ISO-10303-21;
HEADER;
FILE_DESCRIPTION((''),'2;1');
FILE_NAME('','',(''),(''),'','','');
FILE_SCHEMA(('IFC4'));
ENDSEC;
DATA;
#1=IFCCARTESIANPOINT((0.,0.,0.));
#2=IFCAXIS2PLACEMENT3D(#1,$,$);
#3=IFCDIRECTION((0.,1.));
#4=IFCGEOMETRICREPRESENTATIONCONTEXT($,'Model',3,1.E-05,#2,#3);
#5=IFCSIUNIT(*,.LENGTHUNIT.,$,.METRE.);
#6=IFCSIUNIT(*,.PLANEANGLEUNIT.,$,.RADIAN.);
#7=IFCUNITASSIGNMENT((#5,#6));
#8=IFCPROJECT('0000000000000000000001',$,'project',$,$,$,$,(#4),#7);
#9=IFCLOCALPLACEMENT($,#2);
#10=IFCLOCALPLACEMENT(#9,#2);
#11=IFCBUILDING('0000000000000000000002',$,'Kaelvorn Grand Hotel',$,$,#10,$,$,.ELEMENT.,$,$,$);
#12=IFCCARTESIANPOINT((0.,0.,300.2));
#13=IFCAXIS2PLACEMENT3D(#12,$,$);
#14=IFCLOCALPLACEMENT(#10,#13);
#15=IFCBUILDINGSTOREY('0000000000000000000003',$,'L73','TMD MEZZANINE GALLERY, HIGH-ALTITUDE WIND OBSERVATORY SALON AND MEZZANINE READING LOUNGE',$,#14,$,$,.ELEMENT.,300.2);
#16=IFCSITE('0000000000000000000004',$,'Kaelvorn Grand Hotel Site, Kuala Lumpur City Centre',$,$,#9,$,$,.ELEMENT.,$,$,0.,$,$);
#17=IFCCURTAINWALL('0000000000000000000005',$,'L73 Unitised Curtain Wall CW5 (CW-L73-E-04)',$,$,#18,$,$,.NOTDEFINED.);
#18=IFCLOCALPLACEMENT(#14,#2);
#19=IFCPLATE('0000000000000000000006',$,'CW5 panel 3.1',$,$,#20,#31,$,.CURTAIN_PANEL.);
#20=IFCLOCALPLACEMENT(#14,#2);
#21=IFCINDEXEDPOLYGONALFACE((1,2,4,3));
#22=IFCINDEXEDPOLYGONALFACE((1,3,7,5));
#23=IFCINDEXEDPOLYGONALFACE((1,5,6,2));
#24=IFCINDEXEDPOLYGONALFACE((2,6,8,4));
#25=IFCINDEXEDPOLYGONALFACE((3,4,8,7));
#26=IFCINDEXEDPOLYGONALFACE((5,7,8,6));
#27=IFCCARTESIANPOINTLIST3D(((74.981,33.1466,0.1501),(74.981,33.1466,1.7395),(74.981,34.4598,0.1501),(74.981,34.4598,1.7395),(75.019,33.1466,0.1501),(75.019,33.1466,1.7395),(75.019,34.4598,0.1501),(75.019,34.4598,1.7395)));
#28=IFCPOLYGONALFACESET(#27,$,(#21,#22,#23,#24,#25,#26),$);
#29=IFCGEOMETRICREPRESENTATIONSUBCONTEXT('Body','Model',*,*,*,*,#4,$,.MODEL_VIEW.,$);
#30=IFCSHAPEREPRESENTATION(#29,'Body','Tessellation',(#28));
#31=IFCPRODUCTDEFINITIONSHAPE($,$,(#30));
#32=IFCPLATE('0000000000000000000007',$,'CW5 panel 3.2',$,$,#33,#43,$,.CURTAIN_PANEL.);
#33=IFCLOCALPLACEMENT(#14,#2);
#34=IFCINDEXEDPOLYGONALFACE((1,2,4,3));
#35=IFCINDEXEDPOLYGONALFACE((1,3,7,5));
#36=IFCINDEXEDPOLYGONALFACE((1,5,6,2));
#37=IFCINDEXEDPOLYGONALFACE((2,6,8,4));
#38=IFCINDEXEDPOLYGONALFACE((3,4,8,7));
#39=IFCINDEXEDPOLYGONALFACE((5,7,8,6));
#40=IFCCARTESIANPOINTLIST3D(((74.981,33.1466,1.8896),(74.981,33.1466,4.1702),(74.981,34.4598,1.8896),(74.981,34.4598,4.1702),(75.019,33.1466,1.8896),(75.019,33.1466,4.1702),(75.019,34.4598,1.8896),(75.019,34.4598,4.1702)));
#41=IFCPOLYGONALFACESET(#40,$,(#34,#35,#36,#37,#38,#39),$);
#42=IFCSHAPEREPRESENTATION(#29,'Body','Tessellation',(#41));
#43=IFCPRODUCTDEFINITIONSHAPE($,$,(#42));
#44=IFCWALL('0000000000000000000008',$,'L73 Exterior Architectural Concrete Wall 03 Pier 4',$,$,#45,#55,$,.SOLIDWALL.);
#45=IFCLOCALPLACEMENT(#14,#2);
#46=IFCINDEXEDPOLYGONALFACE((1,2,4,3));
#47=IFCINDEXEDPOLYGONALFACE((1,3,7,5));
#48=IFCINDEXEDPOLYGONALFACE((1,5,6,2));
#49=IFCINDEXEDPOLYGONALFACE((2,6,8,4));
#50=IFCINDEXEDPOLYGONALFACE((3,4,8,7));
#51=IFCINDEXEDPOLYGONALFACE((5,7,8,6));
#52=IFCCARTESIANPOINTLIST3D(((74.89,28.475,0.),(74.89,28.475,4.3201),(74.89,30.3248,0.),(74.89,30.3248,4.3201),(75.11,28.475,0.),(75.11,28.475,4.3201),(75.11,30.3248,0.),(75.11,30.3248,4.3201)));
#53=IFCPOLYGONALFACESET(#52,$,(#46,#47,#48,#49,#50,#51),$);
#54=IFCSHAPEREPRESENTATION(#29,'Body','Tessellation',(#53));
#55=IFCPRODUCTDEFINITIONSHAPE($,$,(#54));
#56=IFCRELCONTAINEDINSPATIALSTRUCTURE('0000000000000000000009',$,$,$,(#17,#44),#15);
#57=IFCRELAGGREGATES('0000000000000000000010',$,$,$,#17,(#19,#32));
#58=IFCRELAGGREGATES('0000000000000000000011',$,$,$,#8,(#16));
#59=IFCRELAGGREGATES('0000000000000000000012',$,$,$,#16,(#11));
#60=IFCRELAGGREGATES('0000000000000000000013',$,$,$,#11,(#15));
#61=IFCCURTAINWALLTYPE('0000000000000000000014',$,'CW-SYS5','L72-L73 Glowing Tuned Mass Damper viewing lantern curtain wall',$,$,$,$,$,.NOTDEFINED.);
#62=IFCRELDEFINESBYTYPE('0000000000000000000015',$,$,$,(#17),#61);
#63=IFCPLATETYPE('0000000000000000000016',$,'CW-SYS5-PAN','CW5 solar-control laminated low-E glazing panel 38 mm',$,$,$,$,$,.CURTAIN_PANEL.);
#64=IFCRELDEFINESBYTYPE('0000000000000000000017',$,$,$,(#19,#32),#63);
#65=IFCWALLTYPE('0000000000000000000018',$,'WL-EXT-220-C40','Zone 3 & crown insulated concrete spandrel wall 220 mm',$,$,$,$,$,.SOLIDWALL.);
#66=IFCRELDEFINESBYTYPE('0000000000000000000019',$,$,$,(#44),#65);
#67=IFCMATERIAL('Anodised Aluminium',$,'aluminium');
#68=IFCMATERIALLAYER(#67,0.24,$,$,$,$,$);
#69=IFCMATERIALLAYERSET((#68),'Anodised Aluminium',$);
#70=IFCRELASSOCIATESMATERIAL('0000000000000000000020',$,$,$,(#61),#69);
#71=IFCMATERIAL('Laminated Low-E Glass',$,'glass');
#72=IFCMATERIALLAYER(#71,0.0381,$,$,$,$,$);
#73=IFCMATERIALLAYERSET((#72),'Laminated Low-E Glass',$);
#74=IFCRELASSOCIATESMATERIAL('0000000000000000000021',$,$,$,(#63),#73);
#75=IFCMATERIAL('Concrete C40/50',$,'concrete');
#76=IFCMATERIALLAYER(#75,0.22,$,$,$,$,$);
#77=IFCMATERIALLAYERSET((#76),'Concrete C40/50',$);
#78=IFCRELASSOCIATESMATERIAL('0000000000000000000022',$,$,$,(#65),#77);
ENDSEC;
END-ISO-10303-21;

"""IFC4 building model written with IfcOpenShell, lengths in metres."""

from ifc_helpers import new_model, si_unit, direction, frame, frame_2d, origin, origin_2d, place, context, subcontext, project, spatial, rectangle, extrude, material, layer, layer_set, type_object, element, aggregate, save


model = new_model("IFC4")

# Units and contexts
model_context = context("Model", 3, precision=1e-05, world=origin(), true_north=direction((0.0, 1.0)))
body_context = subcontext(model_context, "Body", "Model", "MODEL_VIEW")
ifc_project = project(units=[si_unit("LENGTHUNIT", "METRE"), si_unit("PLANEANGLEUNIT", "RADIAN")], contexts=[model_context])

# Site, building, storey
site_placement = place(None, origin())
site = spatial("IfcSite", under=ifc_project, at=site_placement, Name="Kaelvorn Grand Hotel Site, Kuala Lumpur City Centre", CompositionType="ELEMENT", RefElevation=0.0)
building_placement = place(site_placement, origin())
building = spatial("IfcBuilding", under=site, at=building_placement, Name="Kaelvorn Grand Hotel", CompositionType="ELEMENT")
storey_placement = place(building_placement, frame((0.0, 0.0, 300.2)))
storey = spatial("IfcBuildingStorey", under=building, at=storey_placement, Name="L73", Description="TMD MEZZANINE GALLERY, HIGH-ALTITUDE WIND OBSERVATORY SALON AND MEZZANINE READING LOUNGE", CompositionType="ELEMENT", Elevation=300.2)

# Shared definitions
ifc_material_1 = material(Name="Anodised Aluminium", Category="aluminium")
ifc_layer_1 = layer(ifc_material_1, 0.24)
ifc_layer_set_1 = layer_set([ifc_layer_1], Name="Anodised Aluminium")
curtain_wall_type = type_object("IfcCurtainWallType", Name="CW-SYS5", Description="L72-L73 Glowing Tuned Mass Damper viewing lantern curtain wall", PredefinedType="NOTDEFINED", material=ifc_layer_set_1)

# Curtain wall, plates
curtain_wall_1_placement = place(storey_placement, origin())
curtain_wall_1 = element("IfcCurtainWall", 1, at=curtain_wall_1_placement, inside=storey, type_object=curtain_wall_type, Name="L73 Unitised Curtain Wall CW5 (CW-L73-E-04)", PredefinedType="NOTDEFINED")
ifc_material_2 = material(Name="Laminated Low-E Glass", Category="glass")
ifc_layer_2 = layer(ifc_material_2, 0.0381)
ifc_layer_set_2 = layer_set([ifc_layer_2], Name="Laminated Low-E Glass")
plate_type = type_object("IfcPlateType", Name="CW-SYS5-PAN", Description="CW5 solar-control laminated low-E glazing panel 38 mm", PredefinedType="CURTAIN_PANEL", material=ifc_layer_set_2)
plate_1_placement = place(storey_placement, frame((75.0, 33.8032, 0.1501), z_axis=(0.0, 0.0, 1.0), x_axis=(0.0, 1.0, 0.0)))
plate_1 = element("IfcPlate", 2, at=plate_1_placement, type_object=plate_type, Name="CW5 panel 3.1", PredefinedType="CURTAIN_PANEL", context=body_context, shape_type="SweptSolid", body=[
    extrude(rectangle(XDim=1.3132, YDim=0.0381, at=origin_2d()), origin(), (0.0, 0.0, 1.0), 1.5894),
])
plate_2_placement = place(storey_placement, frame((75.0, 33.8032, 1.8896), z_axis=(0.0, 0.0, 1.0), x_axis=(0.0, 1.0, 0.0)))
plate_2 = element("IfcPlate", 3, at=plate_2_placement, type_object=plate_type, Name="CW5 panel 3.2", PredefinedType="CURTAIN_PANEL", context=body_context, shape_type="SweptSolid", body=[
    extrude(rectangle(XDim=1.3132, YDim=0.0381, at=origin_2d()), origin(), (0.0, 0.0, 1.0), 2.2805),
])
aggregate(curtain_wall_1, [plate_1, plate_2])

# Wall
ifc_material_3 = material(Name="Concrete C40/50", Category="concrete")
ifc_layer_3 = layer(ifc_material_3, 0.22)
ifc_layer_set_3 = layer_set([ifc_layer_3], Name="Concrete C40/50")
wall_type = type_object("IfcWallType", Name="WL-EXT-220-C40", Description="Zone 3 & crown insulated concrete spandrel wall 220 mm", PredefinedType="SOLIDWALL", material=ifc_layer_set_3)
wall_placement = place(storey_placement, frame((75.0, 28.4751, 0.0), z_axis=(0.0, 0.0, 1.0), x_axis=(0.0, 1.0, 0.0)))
element("IfcWall", 4, at=wall_placement, inside=storey, type_object=wall_type, Name="L73 Exterior Architectural Concrete Wall 03 Pier 4", PredefinedType="SOLIDWALL", context=body_context, shape_type="SweptSolid", body=[
    extrude(rectangle(XDim=1.8499, YDim=0.22, at=frame_2d((0.9248, 0.0))), origin(), (0.0, 0.0, 1.0), 4.3201),
])

save(model, "model.ifc")
